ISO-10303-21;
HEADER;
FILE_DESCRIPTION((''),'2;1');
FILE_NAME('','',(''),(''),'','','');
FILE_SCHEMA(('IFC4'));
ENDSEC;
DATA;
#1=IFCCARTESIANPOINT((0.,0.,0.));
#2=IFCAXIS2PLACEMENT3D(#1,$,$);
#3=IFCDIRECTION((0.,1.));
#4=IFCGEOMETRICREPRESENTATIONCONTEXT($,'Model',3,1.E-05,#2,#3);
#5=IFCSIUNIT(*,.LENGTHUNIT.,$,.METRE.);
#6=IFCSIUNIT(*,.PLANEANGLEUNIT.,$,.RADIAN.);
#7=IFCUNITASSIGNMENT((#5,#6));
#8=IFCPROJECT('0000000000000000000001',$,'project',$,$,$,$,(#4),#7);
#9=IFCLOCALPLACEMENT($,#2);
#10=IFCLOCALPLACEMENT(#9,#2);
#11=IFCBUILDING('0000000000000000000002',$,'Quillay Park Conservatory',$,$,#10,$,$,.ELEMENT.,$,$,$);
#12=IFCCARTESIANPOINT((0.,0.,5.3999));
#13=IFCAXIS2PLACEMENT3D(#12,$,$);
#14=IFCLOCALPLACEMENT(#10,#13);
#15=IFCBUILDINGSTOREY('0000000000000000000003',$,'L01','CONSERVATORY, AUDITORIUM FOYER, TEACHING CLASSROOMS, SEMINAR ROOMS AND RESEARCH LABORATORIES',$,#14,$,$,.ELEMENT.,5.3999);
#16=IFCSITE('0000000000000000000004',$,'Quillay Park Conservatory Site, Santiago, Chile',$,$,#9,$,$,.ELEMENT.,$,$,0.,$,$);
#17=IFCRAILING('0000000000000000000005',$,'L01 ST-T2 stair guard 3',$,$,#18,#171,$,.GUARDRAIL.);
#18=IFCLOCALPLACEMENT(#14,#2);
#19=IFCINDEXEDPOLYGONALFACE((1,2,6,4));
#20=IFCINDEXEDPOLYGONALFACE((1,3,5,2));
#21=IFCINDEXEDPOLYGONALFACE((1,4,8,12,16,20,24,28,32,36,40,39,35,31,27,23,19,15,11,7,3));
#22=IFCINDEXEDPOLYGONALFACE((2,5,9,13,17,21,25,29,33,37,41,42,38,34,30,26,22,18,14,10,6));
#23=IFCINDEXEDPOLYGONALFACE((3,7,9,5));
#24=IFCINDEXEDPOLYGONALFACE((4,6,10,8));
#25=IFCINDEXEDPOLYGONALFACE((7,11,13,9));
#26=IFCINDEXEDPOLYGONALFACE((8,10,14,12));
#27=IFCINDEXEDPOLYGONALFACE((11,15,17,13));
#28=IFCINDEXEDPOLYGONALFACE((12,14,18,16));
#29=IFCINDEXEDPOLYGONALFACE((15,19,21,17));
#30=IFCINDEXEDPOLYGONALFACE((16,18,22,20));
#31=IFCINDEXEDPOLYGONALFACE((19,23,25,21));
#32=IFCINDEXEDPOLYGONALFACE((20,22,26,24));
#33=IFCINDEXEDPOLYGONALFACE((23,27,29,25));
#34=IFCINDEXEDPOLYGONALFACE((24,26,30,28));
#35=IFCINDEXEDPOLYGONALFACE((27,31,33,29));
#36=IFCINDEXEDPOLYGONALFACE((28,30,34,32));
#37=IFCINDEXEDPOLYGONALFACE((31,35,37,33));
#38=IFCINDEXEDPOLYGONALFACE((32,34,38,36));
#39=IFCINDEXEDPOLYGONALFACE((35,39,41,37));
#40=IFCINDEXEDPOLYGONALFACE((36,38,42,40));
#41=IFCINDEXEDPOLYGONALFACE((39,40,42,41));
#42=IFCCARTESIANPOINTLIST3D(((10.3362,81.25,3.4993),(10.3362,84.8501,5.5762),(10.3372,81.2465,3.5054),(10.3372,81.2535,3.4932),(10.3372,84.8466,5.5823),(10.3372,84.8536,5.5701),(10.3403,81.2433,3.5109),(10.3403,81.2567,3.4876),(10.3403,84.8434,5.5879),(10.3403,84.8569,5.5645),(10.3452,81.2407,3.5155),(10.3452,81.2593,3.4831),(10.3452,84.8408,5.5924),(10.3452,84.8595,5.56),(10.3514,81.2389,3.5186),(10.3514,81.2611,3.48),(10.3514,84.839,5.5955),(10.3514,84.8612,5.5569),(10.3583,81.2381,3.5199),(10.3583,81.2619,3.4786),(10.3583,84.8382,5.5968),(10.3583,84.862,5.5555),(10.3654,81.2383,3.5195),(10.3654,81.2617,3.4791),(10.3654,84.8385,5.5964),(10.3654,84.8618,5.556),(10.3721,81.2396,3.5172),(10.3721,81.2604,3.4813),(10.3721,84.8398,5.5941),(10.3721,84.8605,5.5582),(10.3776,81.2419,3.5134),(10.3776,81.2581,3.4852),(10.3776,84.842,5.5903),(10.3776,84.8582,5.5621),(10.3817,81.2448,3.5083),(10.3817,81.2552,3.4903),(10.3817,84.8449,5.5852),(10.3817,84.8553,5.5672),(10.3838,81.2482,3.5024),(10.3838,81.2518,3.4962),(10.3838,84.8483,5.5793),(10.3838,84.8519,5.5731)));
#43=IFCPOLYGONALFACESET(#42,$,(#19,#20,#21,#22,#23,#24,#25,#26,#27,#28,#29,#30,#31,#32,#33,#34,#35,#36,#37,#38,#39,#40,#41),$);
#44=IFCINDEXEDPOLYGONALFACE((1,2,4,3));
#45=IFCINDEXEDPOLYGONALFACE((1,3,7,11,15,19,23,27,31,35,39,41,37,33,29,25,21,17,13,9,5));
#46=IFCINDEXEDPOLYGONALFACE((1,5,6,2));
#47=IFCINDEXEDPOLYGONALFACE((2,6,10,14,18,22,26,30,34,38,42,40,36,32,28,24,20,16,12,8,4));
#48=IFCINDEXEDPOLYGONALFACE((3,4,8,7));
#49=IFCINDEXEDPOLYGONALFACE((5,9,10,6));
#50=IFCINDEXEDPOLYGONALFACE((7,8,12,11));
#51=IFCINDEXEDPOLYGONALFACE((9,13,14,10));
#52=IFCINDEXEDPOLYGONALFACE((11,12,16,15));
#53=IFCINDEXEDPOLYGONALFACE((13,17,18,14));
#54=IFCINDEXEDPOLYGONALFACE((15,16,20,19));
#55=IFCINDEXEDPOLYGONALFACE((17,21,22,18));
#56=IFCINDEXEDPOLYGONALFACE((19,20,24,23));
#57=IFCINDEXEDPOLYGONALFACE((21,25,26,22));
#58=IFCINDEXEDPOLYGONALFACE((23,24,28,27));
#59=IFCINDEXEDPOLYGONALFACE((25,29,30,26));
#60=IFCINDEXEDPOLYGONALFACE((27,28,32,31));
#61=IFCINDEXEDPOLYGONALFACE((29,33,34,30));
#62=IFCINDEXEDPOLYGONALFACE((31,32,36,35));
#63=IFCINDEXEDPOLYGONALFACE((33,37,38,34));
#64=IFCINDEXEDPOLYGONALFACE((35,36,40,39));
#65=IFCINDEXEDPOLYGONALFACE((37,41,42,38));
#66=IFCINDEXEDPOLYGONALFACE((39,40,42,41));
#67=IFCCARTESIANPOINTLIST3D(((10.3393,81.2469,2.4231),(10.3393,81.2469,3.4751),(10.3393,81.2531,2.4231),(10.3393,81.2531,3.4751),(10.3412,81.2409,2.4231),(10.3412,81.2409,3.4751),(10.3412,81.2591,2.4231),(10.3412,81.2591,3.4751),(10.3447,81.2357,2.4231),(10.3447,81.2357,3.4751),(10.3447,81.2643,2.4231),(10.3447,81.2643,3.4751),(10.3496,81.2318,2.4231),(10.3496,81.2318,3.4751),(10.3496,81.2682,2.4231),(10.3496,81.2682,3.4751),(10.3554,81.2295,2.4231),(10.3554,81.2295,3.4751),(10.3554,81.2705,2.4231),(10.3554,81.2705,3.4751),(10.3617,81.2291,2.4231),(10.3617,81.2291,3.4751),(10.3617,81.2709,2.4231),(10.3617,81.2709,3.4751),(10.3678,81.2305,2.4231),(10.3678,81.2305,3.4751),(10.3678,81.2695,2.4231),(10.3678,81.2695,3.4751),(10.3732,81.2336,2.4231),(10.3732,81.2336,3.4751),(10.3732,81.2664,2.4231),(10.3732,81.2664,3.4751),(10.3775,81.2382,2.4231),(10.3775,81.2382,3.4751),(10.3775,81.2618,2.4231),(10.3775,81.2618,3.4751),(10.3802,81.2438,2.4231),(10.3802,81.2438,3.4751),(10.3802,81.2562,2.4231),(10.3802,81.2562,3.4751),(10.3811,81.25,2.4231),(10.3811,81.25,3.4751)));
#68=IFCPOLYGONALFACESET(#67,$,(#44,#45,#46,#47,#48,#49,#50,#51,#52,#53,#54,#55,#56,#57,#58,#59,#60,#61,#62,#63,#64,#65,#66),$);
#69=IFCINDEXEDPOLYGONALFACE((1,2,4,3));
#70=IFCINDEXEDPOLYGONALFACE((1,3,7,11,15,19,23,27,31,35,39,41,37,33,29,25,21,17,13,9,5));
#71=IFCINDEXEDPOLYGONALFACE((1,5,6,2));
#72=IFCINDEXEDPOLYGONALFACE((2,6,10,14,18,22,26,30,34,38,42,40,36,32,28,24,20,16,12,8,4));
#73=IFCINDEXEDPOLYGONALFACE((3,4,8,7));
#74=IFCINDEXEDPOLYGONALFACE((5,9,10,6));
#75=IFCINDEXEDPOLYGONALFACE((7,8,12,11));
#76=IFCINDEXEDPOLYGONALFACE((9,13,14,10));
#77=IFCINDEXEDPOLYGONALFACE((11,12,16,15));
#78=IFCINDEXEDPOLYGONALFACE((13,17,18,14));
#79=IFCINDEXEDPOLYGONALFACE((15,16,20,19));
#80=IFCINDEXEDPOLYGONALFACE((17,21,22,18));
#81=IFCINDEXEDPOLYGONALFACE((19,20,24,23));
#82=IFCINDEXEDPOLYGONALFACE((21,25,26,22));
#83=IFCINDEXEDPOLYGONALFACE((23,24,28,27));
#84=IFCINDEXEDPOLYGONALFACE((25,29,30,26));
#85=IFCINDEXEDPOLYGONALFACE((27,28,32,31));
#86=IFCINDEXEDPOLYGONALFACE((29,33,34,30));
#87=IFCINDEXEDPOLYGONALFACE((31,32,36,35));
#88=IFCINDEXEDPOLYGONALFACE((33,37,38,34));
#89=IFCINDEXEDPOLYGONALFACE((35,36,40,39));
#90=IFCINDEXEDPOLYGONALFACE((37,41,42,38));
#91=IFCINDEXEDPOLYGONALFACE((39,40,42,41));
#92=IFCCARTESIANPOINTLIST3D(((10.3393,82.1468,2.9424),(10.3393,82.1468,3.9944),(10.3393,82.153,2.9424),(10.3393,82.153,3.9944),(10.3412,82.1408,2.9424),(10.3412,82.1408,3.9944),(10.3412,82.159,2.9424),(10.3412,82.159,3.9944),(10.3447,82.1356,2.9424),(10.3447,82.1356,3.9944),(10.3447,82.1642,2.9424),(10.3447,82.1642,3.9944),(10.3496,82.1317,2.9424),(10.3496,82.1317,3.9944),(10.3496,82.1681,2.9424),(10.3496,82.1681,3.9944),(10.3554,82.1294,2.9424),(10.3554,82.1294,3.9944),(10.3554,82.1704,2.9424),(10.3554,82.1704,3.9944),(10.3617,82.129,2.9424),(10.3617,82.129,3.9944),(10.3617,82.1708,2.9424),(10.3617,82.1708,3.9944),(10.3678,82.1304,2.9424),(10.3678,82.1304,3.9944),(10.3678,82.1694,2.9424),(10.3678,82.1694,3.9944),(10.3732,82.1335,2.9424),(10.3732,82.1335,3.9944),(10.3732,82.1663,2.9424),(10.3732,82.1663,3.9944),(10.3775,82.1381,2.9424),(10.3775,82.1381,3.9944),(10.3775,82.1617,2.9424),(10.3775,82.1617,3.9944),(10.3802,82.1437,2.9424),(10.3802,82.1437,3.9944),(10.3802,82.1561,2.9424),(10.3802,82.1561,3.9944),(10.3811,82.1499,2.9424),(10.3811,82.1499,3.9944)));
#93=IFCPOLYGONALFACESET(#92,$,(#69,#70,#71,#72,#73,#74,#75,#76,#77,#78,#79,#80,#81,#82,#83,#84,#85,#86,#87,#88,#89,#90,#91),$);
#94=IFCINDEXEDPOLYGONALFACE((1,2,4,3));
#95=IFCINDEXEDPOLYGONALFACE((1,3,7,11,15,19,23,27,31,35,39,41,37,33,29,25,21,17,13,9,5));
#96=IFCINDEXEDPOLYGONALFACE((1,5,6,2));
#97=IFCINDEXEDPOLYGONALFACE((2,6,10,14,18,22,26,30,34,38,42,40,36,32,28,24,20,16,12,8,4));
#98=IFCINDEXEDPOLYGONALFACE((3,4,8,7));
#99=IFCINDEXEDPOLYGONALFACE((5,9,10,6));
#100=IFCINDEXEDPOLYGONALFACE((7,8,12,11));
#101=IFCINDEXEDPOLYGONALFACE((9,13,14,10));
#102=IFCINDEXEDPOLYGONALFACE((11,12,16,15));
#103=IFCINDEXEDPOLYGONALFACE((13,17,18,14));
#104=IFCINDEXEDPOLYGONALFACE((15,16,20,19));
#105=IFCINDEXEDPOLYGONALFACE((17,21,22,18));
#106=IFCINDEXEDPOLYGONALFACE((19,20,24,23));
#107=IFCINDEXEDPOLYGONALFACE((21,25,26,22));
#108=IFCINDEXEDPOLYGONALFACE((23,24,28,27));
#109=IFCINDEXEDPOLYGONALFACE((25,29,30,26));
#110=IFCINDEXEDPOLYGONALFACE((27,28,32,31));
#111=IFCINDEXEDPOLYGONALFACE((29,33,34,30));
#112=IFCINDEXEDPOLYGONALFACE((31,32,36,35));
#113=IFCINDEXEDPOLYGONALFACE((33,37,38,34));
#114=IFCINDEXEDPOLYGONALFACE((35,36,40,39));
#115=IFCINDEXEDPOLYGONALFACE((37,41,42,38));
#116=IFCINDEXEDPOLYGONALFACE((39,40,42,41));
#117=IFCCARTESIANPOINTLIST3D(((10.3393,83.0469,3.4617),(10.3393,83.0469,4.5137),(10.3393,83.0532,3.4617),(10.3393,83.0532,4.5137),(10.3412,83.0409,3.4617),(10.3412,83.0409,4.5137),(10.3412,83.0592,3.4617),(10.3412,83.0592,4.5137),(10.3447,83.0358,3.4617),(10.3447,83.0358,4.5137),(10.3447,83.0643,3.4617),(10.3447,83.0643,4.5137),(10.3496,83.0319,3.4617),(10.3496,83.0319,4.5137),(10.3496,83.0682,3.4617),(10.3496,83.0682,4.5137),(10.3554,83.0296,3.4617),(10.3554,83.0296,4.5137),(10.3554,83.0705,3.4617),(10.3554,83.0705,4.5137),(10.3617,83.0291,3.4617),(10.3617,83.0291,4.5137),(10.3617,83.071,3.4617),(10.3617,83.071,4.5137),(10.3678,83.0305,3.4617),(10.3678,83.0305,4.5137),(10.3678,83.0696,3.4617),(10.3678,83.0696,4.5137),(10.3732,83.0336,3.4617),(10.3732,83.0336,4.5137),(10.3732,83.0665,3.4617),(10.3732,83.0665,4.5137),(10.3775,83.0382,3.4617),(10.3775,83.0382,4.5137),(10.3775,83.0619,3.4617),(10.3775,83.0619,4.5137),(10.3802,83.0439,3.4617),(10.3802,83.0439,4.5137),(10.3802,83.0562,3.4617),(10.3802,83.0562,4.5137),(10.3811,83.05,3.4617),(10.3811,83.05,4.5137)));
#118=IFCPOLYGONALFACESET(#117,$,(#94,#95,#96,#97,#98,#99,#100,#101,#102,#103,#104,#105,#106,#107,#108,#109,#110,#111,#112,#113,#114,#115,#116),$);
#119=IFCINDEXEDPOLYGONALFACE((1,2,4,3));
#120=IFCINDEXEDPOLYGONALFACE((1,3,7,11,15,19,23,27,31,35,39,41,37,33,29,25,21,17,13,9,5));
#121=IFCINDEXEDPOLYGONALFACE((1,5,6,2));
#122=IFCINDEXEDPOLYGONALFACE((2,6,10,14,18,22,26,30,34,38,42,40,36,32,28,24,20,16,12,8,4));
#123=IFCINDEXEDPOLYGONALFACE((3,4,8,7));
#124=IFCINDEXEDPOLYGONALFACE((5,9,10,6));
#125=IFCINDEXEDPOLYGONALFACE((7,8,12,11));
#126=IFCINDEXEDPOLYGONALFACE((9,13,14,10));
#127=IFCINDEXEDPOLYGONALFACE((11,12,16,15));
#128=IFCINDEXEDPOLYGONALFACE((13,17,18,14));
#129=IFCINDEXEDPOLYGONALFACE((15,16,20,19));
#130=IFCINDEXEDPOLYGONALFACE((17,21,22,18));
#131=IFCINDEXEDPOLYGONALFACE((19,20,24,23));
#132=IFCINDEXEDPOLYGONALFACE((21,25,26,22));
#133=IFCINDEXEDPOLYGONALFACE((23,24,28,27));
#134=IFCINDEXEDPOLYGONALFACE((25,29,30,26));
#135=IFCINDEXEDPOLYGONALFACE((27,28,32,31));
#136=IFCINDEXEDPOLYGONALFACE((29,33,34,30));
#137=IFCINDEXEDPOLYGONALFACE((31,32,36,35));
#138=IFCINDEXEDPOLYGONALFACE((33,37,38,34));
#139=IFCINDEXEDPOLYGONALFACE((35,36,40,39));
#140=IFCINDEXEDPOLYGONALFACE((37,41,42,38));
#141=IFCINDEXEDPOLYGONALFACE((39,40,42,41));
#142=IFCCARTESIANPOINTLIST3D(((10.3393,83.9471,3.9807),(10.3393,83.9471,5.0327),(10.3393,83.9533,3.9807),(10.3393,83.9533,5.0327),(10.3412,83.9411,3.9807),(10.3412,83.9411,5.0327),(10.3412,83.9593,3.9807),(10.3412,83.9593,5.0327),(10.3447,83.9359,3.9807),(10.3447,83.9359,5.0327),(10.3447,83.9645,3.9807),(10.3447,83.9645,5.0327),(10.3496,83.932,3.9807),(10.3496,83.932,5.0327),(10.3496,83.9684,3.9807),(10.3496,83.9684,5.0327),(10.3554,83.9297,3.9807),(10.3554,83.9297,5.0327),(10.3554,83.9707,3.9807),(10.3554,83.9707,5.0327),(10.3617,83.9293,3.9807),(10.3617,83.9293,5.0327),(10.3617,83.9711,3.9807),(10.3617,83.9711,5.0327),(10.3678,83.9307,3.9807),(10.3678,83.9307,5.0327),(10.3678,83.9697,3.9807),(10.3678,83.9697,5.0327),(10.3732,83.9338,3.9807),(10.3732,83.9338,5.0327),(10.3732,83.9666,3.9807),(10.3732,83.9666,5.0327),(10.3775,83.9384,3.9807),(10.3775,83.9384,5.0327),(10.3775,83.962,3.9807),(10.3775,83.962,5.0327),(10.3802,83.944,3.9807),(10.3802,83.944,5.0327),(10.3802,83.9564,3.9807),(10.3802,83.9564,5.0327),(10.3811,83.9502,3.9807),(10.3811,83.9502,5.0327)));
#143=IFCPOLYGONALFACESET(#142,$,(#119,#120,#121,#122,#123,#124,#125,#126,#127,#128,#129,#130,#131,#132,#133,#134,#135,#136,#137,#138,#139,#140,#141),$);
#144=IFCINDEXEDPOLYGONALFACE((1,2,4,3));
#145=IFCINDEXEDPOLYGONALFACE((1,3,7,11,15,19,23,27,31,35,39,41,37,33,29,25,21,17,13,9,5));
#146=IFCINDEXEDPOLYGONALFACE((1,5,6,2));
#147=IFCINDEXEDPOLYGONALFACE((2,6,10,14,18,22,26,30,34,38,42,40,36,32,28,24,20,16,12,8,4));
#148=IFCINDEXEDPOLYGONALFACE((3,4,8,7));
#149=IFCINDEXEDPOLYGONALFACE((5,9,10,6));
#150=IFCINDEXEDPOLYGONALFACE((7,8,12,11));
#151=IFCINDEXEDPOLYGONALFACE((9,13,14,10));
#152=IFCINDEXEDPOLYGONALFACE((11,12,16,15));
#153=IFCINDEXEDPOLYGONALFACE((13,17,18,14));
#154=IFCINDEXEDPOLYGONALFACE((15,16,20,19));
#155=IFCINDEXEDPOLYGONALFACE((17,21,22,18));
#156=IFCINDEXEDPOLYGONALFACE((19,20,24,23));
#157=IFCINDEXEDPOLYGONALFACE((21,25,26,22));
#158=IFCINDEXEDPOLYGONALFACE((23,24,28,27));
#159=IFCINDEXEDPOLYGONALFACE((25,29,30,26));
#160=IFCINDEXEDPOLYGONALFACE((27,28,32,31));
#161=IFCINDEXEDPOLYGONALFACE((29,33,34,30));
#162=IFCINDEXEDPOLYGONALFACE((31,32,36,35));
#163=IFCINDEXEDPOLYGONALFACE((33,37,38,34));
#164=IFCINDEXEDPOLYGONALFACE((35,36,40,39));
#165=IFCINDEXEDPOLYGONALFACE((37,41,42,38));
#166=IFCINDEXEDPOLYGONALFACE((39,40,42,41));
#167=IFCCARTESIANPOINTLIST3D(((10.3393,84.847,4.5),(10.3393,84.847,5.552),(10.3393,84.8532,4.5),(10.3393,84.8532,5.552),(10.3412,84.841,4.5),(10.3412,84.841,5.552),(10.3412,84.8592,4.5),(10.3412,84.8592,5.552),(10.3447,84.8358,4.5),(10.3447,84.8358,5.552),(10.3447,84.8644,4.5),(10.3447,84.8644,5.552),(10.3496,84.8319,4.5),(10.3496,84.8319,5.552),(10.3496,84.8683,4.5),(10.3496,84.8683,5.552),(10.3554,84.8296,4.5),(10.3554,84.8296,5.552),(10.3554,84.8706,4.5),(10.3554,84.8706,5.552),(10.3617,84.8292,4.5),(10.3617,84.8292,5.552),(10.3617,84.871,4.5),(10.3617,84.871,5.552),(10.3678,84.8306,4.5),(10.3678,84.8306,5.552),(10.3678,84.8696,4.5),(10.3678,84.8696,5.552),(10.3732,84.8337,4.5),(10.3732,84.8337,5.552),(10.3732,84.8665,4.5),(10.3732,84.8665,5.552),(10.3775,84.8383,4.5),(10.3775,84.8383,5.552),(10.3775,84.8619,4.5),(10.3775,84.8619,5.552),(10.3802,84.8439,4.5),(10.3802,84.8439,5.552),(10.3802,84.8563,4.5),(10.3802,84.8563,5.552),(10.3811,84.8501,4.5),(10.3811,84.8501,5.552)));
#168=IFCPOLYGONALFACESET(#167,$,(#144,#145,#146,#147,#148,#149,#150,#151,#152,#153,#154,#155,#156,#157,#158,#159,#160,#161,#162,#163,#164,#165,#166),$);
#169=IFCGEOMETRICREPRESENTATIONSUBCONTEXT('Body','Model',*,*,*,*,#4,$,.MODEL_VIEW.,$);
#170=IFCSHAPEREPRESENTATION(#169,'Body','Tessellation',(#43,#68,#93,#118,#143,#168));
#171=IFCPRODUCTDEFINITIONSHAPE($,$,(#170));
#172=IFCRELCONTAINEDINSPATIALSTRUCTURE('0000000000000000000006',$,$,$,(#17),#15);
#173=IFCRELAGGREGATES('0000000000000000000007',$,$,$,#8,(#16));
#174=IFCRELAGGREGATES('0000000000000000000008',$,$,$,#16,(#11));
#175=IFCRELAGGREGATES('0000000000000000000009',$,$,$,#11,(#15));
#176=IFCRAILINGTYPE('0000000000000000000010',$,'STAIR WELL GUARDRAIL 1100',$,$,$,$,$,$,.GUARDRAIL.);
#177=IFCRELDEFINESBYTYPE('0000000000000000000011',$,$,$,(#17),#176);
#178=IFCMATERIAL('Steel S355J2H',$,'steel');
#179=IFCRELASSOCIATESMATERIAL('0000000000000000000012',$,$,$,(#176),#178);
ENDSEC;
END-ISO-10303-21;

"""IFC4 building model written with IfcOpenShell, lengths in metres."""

from ifc_helpers import new_model, si_unit, direction, frame, origin, origin_2d, place, context, subcontext, project, spatial, circle, extrude, material, type_object, element, save


model = new_model("IFC4")

# Units and contexts
model_context = context("Model", 3, precision=1e-05, world=origin(), true_north=direction((0.0, 1.0)))
body_context = subcontext(model_context, "Body", "Model", "MODEL_VIEW")
ifc_project = project(units=[si_unit("LENGTHUNIT", "METRE"), si_unit("PLANEANGLEUNIT", "RADIAN")], contexts=[model_context])

# Site, building, storey
site_placement = place(None, origin())
site = spatial("IfcSite", under=ifc_project, at=site_placement, Name="Quillay Park Conservatory Site, Santiago, Chile", CompositionType="ELEMENT", RefElevation=0.0)
building_placement = place(site_placement, origin())
building = spatial("IfcBuilding", under=site, at=building_placement, Name="Quillay Park Conservatory", CompositionType="ELEMENT")
storey_placement = place(building_placement, frame((0.0, 0.0, 5.3999)))
storey = spatial("IfcBuildingStorey", under=building, at=storey_placement, Name="L01", Description="CONSERVATORY, AUDITORIUM FOYER, TEACHING CLASSROOMS, SEMINAR ROOMS AND RESEARCH LABORATORIES", CompositionType="ELEMENT", Elevation=5.3999)

# Railing
ifc_material_1 = material(Name="Steel S355J2H", Category="steel")
railing_type_1 = type_object("IfcRailingType", Name="STAIR WELL GUARDRAIL 1100", PredefinedType="GUARDRAIL", material=ifc_material_1)
railing_1_placement = place(storey_placement, frame((10.3601, 81.25, 2.4231)))
element("IfcRailing", 1, at=railing_1_placement, inside=storey, type_object=railing_type_1, Name="L01 ST-T2 stair guard 3", PredefinedType="GUARDRAIL", context=body_context, shape_type="SweptSolid", body=[
    extrude(circle(Radius=0.0239, at=origin_2d()), frame((0.0, 0.0, 1.0762), z_axis=(0.0, 0.866193, 0.499709), x_axis=(-1.0, 0.0, 0.0)), (0.0, 0.0, 1.0), 4.1562),
    extrude(circle(Radius=0.021, at=origin_2d()), origin(), (0.0, 0.0, 1.0), 1.052),
    extrude(circle(Radius=0.021, at=origin_2d()), frame((0.0, 0.8999, 0.5193)), (0.0, 0.0, 1.0), 1.052),
    extrude(circle(Radius=0.021, at=origin_2d()), frame((0.0, 1.8, 1.0386)), (0.0, 0.0, 1.0), 1.052),
    extrude(circle(Radius=0.021, at=origin_2d()), frame((0.0, 2.7002, 1.5576)), (0.0, 0.0, 1.0), 1.052),
    extrude(circle(Radius=0.021, at=origin_2d()), frame((0.0, 3.6001, 2.0769)), (0.0, 0.0, 1.0), 1.052),
])

save(model, "model.ifc")
